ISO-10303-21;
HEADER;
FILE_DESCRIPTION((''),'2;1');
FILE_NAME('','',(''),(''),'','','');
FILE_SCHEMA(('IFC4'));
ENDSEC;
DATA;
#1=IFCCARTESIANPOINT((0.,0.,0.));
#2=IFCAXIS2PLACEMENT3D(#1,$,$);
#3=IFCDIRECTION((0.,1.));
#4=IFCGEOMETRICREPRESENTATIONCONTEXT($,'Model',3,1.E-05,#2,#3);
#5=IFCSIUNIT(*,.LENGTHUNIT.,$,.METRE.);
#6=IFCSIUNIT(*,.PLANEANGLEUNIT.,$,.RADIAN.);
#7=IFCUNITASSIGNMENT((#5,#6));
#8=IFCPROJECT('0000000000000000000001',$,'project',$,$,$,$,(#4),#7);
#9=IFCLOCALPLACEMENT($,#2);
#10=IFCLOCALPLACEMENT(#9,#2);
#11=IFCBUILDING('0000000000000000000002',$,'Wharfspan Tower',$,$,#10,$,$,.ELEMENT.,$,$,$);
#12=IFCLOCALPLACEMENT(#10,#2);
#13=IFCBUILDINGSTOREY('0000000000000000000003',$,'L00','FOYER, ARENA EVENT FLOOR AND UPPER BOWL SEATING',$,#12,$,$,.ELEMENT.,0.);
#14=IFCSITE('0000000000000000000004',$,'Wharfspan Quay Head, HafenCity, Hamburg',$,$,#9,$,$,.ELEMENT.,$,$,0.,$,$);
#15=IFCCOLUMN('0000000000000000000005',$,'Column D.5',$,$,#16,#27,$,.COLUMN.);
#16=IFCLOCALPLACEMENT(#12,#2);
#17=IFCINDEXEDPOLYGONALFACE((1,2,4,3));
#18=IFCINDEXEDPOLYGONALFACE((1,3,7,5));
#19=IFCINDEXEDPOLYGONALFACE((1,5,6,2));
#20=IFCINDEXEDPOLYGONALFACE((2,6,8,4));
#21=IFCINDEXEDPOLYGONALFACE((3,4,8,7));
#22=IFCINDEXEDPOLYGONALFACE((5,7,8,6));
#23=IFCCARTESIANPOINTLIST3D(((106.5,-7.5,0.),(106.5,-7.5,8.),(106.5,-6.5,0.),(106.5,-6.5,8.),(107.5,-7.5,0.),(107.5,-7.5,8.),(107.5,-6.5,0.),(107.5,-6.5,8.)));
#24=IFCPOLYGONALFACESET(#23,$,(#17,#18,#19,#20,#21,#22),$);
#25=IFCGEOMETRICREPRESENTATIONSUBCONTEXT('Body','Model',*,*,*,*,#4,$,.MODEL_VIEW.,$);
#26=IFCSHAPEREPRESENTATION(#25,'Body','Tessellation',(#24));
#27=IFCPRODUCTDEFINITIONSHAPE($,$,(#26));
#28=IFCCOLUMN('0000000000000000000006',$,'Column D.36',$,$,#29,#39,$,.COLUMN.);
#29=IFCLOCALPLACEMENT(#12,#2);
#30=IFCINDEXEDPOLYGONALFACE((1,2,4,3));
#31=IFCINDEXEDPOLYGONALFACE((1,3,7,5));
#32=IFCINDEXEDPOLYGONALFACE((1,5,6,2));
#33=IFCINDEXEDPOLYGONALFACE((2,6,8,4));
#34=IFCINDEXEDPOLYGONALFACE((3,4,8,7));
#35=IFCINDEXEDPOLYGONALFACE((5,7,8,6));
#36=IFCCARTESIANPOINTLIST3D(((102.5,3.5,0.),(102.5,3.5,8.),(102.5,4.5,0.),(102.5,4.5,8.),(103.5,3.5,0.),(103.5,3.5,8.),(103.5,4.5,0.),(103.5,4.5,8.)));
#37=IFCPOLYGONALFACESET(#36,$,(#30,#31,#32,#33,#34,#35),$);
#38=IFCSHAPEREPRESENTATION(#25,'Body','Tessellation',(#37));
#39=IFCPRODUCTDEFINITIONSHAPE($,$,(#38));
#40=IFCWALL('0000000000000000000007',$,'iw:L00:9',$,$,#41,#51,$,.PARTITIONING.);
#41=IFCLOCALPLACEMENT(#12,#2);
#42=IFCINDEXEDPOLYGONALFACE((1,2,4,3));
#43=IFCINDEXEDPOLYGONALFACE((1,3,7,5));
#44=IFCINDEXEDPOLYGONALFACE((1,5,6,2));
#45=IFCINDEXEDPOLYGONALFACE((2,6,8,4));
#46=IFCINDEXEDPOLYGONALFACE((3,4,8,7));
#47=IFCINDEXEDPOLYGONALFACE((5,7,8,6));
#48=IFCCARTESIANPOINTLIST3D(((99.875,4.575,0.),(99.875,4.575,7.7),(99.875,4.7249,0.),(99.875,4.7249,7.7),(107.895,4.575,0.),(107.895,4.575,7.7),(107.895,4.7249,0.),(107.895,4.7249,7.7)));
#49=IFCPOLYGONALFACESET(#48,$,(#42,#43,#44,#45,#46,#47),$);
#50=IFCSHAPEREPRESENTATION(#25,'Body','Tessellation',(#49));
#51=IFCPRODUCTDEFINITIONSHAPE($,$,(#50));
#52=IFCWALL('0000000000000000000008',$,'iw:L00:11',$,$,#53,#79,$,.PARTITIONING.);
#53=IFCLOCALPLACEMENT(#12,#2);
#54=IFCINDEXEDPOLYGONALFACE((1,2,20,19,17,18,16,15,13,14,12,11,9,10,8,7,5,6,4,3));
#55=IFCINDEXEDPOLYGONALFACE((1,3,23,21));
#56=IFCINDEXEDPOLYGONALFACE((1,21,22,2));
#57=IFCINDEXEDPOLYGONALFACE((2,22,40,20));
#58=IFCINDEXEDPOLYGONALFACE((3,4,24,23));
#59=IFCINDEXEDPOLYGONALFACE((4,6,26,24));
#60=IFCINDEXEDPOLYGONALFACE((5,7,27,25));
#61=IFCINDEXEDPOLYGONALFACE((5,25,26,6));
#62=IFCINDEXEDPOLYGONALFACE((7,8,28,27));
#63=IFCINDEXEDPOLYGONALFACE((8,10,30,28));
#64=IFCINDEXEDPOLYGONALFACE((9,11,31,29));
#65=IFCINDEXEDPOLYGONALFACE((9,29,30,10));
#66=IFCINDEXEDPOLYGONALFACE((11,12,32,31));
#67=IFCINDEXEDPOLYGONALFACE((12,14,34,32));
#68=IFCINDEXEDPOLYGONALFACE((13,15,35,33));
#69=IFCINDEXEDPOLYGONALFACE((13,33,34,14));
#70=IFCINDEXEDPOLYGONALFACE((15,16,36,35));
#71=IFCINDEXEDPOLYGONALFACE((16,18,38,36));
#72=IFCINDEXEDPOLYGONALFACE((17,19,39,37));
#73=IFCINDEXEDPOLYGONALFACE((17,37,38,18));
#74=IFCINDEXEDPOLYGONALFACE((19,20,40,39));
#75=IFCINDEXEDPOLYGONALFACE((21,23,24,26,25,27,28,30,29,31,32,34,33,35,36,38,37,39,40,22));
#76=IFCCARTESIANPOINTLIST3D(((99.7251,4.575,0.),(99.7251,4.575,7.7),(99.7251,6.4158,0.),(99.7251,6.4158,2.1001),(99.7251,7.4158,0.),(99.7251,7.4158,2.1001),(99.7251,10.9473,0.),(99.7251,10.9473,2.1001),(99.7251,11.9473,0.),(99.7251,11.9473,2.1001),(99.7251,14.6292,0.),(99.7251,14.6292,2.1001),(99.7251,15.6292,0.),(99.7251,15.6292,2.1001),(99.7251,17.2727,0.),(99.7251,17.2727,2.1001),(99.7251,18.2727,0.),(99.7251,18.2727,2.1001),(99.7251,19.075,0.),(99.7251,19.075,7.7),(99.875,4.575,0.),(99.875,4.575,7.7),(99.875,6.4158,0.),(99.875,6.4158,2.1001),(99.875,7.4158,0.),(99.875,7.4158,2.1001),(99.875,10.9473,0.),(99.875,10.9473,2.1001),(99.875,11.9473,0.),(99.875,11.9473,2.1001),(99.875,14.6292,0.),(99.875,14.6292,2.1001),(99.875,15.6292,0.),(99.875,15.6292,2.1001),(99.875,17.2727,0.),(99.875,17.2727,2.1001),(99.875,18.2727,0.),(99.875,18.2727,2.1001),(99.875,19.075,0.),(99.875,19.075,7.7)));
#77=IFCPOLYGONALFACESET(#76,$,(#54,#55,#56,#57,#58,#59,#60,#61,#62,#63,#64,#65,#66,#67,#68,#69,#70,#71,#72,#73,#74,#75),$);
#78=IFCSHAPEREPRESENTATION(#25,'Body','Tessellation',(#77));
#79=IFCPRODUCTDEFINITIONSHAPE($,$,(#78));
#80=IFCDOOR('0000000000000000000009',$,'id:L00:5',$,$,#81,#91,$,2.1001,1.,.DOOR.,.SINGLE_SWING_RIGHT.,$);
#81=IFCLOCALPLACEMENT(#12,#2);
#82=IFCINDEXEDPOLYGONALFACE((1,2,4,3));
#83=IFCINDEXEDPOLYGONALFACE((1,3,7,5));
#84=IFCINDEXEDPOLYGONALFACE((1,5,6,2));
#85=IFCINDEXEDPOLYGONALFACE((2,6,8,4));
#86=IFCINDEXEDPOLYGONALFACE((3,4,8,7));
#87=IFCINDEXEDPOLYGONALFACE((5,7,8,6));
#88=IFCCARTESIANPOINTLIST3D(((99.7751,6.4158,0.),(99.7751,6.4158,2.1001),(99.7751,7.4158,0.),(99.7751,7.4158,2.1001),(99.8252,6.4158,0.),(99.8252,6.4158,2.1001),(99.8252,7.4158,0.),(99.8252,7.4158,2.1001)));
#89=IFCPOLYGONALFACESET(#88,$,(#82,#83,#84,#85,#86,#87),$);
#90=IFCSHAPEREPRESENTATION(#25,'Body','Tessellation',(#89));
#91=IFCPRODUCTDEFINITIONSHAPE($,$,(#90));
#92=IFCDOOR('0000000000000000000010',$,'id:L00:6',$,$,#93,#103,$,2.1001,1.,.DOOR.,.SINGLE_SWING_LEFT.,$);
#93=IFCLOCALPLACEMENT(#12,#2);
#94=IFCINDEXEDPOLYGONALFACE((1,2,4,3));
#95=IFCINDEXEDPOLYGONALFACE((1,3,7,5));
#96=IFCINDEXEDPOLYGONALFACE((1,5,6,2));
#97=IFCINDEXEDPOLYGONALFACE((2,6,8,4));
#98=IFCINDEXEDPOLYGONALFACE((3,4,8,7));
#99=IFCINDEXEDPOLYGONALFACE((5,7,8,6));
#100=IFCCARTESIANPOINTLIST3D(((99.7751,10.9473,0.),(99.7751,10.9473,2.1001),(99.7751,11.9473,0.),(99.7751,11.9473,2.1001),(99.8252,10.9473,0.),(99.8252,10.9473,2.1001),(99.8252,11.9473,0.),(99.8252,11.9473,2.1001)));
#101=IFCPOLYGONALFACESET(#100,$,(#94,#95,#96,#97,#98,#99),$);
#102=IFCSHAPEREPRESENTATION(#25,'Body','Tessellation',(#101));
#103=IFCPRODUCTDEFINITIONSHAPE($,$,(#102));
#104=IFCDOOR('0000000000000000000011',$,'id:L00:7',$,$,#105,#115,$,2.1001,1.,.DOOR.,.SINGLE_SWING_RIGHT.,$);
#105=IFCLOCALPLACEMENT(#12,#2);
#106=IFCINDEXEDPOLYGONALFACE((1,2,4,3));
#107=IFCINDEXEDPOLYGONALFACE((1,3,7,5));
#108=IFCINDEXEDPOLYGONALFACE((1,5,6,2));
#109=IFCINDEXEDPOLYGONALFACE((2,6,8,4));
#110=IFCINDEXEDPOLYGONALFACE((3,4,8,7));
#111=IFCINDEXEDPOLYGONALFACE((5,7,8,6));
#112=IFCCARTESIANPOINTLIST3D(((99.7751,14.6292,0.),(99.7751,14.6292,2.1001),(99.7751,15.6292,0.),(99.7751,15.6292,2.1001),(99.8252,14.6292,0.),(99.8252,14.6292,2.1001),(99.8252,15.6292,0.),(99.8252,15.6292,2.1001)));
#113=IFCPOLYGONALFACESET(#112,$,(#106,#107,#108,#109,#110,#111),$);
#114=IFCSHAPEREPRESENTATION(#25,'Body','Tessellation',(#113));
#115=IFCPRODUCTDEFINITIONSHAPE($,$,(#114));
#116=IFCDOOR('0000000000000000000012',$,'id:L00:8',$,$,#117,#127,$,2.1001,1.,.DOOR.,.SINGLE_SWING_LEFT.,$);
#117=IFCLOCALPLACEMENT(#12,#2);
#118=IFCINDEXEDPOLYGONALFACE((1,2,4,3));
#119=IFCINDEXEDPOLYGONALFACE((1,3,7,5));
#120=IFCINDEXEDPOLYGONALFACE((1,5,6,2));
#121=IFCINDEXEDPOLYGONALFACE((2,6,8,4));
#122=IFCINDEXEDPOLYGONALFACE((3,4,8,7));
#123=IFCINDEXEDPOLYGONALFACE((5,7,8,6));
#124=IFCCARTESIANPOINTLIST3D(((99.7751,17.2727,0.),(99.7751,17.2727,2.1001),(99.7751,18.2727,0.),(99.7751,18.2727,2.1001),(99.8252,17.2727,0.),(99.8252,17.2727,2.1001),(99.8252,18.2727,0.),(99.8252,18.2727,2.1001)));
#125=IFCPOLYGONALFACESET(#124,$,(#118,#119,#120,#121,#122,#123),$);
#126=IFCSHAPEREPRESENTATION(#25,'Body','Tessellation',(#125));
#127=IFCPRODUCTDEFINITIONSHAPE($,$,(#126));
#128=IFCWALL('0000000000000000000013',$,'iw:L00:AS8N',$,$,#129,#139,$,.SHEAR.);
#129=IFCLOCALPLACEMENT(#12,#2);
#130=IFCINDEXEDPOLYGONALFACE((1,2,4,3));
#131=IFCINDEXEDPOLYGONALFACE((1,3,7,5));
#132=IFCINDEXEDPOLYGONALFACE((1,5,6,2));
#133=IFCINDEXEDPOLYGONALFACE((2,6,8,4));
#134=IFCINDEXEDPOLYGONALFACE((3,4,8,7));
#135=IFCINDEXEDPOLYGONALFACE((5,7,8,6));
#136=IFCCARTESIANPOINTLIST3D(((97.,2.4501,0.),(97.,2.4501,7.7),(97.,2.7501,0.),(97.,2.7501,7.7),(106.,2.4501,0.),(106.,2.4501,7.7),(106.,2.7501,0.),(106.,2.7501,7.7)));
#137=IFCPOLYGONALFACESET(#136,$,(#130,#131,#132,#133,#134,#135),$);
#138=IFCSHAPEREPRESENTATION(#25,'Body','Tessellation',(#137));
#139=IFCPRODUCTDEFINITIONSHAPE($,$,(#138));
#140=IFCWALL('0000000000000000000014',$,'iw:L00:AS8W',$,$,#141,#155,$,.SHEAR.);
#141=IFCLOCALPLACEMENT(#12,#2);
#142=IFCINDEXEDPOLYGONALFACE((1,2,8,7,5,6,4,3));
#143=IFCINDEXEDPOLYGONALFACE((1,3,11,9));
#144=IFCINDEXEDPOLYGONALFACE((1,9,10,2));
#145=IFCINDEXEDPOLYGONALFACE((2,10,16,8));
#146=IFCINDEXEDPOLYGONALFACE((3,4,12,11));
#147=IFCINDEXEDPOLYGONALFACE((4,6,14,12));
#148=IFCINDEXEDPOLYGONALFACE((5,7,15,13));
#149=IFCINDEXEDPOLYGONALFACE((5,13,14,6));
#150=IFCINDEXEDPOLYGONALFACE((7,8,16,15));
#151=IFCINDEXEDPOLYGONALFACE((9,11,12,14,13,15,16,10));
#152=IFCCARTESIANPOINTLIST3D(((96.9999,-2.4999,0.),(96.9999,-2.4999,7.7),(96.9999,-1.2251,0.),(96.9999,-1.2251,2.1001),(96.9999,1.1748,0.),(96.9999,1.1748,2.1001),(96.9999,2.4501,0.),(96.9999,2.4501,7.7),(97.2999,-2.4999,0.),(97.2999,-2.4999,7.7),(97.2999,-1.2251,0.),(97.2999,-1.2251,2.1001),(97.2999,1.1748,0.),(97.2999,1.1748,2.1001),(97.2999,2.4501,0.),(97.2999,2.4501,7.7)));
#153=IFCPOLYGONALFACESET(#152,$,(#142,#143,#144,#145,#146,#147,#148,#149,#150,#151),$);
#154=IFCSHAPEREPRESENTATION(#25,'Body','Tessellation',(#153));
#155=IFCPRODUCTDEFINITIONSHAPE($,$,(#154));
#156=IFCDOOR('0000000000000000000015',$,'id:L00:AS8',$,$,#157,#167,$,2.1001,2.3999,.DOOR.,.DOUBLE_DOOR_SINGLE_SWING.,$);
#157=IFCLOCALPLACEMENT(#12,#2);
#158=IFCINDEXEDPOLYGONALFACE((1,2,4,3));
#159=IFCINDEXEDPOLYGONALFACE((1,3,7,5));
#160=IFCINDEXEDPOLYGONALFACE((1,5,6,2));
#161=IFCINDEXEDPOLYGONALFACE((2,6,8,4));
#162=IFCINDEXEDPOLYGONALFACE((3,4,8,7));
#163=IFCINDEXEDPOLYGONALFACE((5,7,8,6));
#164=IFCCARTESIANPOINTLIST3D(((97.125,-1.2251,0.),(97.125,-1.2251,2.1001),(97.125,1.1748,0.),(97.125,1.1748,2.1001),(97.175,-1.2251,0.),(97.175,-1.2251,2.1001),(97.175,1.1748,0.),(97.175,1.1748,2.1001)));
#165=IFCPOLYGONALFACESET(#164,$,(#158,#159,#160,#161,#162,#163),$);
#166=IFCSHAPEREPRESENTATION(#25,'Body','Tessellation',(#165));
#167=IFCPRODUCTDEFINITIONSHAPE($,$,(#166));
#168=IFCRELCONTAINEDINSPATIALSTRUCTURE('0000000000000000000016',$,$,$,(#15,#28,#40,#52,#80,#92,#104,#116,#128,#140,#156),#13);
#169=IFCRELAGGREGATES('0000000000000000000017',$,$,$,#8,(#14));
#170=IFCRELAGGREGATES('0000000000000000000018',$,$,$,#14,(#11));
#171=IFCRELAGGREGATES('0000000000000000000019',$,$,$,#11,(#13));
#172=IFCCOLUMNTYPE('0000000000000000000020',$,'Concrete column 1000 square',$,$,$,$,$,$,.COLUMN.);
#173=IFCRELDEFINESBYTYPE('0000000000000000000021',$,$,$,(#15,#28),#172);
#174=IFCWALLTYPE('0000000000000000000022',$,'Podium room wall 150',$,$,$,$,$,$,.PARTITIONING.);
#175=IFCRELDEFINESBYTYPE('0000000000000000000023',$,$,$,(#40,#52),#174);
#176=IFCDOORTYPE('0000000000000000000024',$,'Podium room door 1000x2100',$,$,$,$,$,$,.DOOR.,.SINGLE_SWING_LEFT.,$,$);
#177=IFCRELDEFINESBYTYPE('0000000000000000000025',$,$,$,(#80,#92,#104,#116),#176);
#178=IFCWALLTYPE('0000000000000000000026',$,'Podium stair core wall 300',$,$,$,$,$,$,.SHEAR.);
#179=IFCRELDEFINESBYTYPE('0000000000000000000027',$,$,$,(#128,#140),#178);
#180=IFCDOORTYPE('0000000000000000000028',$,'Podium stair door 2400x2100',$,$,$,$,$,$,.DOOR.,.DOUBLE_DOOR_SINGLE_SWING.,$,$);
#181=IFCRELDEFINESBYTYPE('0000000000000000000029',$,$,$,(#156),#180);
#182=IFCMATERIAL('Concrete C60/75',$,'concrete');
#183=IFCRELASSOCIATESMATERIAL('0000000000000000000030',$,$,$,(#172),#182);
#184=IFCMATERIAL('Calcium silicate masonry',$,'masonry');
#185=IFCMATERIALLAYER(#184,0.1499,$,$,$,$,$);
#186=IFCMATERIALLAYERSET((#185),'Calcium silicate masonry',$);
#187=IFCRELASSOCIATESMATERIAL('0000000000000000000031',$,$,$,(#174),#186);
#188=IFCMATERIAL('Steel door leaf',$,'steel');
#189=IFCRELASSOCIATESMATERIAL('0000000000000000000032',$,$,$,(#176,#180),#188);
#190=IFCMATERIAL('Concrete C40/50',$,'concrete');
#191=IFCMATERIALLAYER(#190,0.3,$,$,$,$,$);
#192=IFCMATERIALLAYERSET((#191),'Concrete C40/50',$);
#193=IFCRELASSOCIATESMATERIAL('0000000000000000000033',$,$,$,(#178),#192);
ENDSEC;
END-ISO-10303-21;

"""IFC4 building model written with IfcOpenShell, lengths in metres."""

from ifc_helpers import new_model, si_unit, direction, frame, frame_2d, origin, origin_2d, place, context, subcontext, project, spatial, rectangle, extrude, material, layer, layer_set, material_profile, profile_set, type_object, element, fill, save


model = new_model("IFC4")

# Units and contexts
model_context = context("Model", 3, precision=1e-05, world=origin(), true_north=direction((0.0, 1.0)))
body_context = subcontext(model_context, "Body", "Model", "MODEL_VIEW")
ifc_project = project(units=[si_unit("LENGTHUNIT", "METRE"), si_unit("PLANEANGLEUNIT", "RADIAN")], contexts=[model_context])

# Site, building, storey
site_placement = place(None, origin())
site = spatial("IfcSite", under=ifc_project, at=site_placement, Name="Wharfspan Quay Head, HafenCity, Hamburg", CompositionType="ELEMENT", RefElevation=0.0)
building_placement = place(site_placement, origin())
building = spatial("IfcBuilding", under=site, at=building_placement, Name="Wharfspan Tower", CompositionType="ELEMENT")
storey_placement = place(building_placement, origin())
storey = spatial("IfcBuildingStorey", under=building, at=storey_placement, Name="L00", Description="FOYER, ARENA EVENT FLOOR AND UPPER BOWL SEATING", CompositionType="ELEMENT", Elevation=0.0)

# Columns
ifc_material_1 = material(Name="Concrete C60/75", Category="concrete")
ifc_material_profile = material_profile(ifc_material_1, rectangle(XDim=1.0, YDim=1.0, at=origin_2d()))
ifc_profile_set = profile_set([ifc_material_profile], Name="Concrete C60/75")
column_type = type_object("IfcColumnType", Name="Concrete column 1000 square", PredefinedType="COLUMN", material=ifc_profile_set)
for number, where, z_axis, x_axis, name in (
    (1, (107.0, -7.0, 0.0), (0.0, 0.0, 1.0), (1.0, 0.0, 0.0), "Column D.5"),
    (2, (103.0, 4.0, 0.0), (0.0, 0.0, 1.0), (1.0, 0.0, 0.0), "Column D.36"),
):
    element("IfcColumn", number, at=place(storey_placement, frame(where, z_axis=z_axis, x_axis=x_axis)), inside=storey, type_object=column_type, Name=name, PredefinedType="COLUMN", context=body_context, shape_type="SweptSolid", body=[
        extrude(rectangle(XDim=1.0, YDim=1.0, at=origin_2d()), origin(), (0.0, 0.0, 1.0), 8.0),
    ])

# Wall
ifc_material_2 = material(Name="Calcium silicate masonry", Category="masonry")
ifc_layer_1 = layer(ifc_material_2, 0.1499)
ifc_layer_set_1 = layer_set([ifc_layer_1], Name="Calcium silicate masonry")
wall_type_1 = type_object("IfcWallType", Name="Podium room wall 150", PredefinedType="PARTITIONING", material=ifc_layer_set_1)
wall_1_placement = place(storey_placement, frame((99.875, 4.6499, 0.0), z_axis=(0.0, 0.0, 1.0), x_axis=(1.0, 0.0, 0.0)))
element("IfcWall", 3, at=wall_1_placement, inside=storey, type_object=wall_type_1, Name="iw:L00:9", PredefinedType="PARTITIONING", context=body_context, shape_type="SweptSolid", body=[
    extrude(rectangle(XDim=8.02, YDim=0.1499, at=frame_2d((4.01, 0.0))), origin(), (0.0, 0.0, 1.0), 7.7),
])

# Wall, openings, doors
wall_2_placement = place(storey_placement, frame((99.8, 4.575, 0.0), z_axis=(0.0, 0.0, 1.0), x_axis=(0.0, 1.0, 0.0)))
wall_2 = element("IfcWall", 4, at=wall_2_placement, inside=storey, type_object=wall_type_1, Name="iw:L00:11", PredefinedType="PARTITIONING", context=body_context, shape_type="SweptSolid", body=[
    extrude(rectangle(XDim=14.5, YDim=0.1499, at=frame_2d((7.25, 0.0))), origin(), (0.0, 0.0, 1.0), 7.7),
])
opening_1_placement = place(wall_2_placement, frame((1.8408, 0.0, 0.0)))
opening_1 = element("IfcOpeningElement", 5, at=opening_1_placement, cuts=wall_2, PredefinedType="OPENING", context=body_context, shape_type="SweptSolid", body=[
    extrude(rectangle(XDim=1.0, YDim=2.1001, at=frame_2d((0.5, 1.05))), frame((0.0, 0.085, 0.0), z_axis=(0.0, -1.0, 0.0), x_axis=(1.0, 0.0, 0.0)), (0.0, 0.0, 1.0), 0.1699),
])
opening_2_placement = place(wall_2_placement, frame((6.3723, 0.0, 0.0)))
opening_2 = element("IfcOpeningElement", 6, at=opening_2_placement, cuts=wall_2, PredefinedType="OPENING", context=body_context, shape_type="SweptSolid", body=[
    extrude(rectangle(XDim=1.0, YDim=2.1001, at=frame_2d((0.5, 1.05))), frame((0.0, 0.085, 0.0), z_axis=(0.0, -1.0, 0.0), x_axis=(1.0, 0.0, 0.0)), (0.0, 0.0, 1.0), 0.1699),
])
opening_3_placement = place(wall_2_placement, frame((10.0542, 0.0, 0.0)))
opening_3 = element("IfcOpeningElement", 7, at=opening_3_placement, cuts=wall_2, PredefinedType="OPENING", context=body_context, shape_type="SweptSolid", body=[
    extrude(rectangle(XDim=1.0, YDim=2.1001, at=frame_2d((0.5, 1.05))), frame((0.0, 0.085, 0.0), z_axis=(0.0, -1.0, 0.0), x_axis=(1.0, 0.0, 0.0)), (0.0, 0.0, 1.0), 0.1699),
])
opening_4_placement = place(wall_2_placement, frame((12.6978, 0.0, 0.0)))
opening_4 = element("IfcOpeningElement", 8, at=opening_4_placement, cuts=wall_2, PredefinedType="OPENING", context=body_context, shape_type="SweptSolid", body=[
    extrude(rectangle(XDim=1.0, YDim=2.1001, at=frame_2d((0.5, 1.05))), frame((0.0, 0.085, 0.0), z_axis=(0.0, -1.0, 0.0), x_axis=(1.0, 0.0, 0.0)), (0.0, 0.0, 1.0), 0.1699),
])
ifc_material_3 = material(Name="Steel door leaf", Category="steel")
door_type_1 = type_object("IfcDoorType", Name="Podium room door 1000x2100", OperationType="SINGLE_SWING_LEFT", PredefinedType="DOOR", material=ifc_material_3)
door_1_placement = place(opening_1_placement, origin())
door_1 = element("IfcDoor", 9, at=door_1_placement, inside=storey, type_object=door_type_1, Name="id:L00:5", OperationType="SINGLE_SWING_RIGHT", OverallHeight=2.1001, OverallWidth=1.0, PredefinedType="DOOR", context=body_context, shape_type="SweptSolid", body=[
    extrude(rectangle(XDim=1.0, YDim=2.1001, at=frame_2d((0.5, 1.05))), frame((0.0, 0.0249, 0.0), z_axis=(0.0, -1.0, 0.0), x_axis=(1.0, 0.0, 0.0)), (0.0, 0.0, 1.0), 0.05),
])
fill(opening_1, door_1)
door_2_placement = place(opening_2_placement, origin())
door_2 = element("IfcDoor", 10, at=door_2_placement, inside=storey, type_object=door_type_1, Name="id:L00:6", OperationType="SINGLE_SWING_LEFT", OverallHeight=2.1001, OverallWidth=1.0, PredefinedType="DOOR", context=body_context, shape_type="SweptSolid", body=[
    extrude(rectangle(XDim=1.0, YDim=2.1001, at=frame_2d((0.5, 1.05))), frame((0.0, 0.0249, 0.0), z_axis=(0.0, -1.0, 0.0), x_axis=(1.0, 0.0, 0.0)), (0.0, 0.0, 1.0), 0.05),
])
fill(opening_2, door_2)
door_3_placement = place(opening_3_placement, origin())
door_3 = element("IfcDoor", 11, at=door_3_placement, inside=storey, type_object=door_type_1, Name="id:L00:7", OperationType="SINGLE_SWING_RIGHT", OverallHeight=2.1001, OverallWidth=1.0, PredefinedType="DOOR", context=body_context, shape_type="SweptSolid", body=[
    extrude(rectangle(XDim=1.0, YDim=2.1001, at=frame_2d((0.5, 1.05))), frame((0.0, 0.0249, 0.0), z_axis=(0.0, -1.0, 0.0), x_axis=(1.0, 0.0, 0.0)), (0.0, 0.0, 1.0), 0.05),
])
fill(opening_3, door_3)
door_4_placement = place(opening_4_placement, origin())
door_4 = element("IfcDoor", 12, at=door_4_placement, inside=storey, type_object=door_type_1, Name="id:L00:8", OperationType="SINGLE_SWING_LEFT", OverallHeight=2.1001, OverallWidth=1.0, PredefinedType="DOOR", context=body_context, shape_type="SweptSolid", body=[
    extrude(rectangle(XDim=1.0, YDim=2.1001, at=frame_2d((0.5, 1.05))), frame((0.0, 0.0249, 0.0), z_axis=(0.0, -1.0, 0.0), x_axis=(1.0, 0.0, 0.0)), (0.0, 0.0, 1.0), 0.05),
])
fill(opening_4, door_4)

# Wall
ifc_material_4 = material(Name="Concrete C40/50", Category="concrete")
ifc_layer_2 = layer(ifc_material_4, 0.3)
ifc_layer_set_2 = layer_set([ifc_layer_2], Name="Concrete C40/50")
wall_type_2 = type_object("IfcWallType", Name="Podium stair core wall 300", PredefinedType="SHEAR", material=ifc_layer_set_2)
wall_3_placement = place(storey_placement, frame((97.0, 2.6001, 0.0), z_axis=(0.0, 0.0, 1.0), x_axis=(1.0, 0.0, 0.0)))
element("IfcWall", 13, at=wall_3_placement, inside=storey, type_object=wall_type_2, Name="iw:L00:AS8N", PredefinedType="SHEAR", context=body_context, shape_type="SweptSolid", body=[
    extrude(rectangle(XDim=9.0, YDim=0.3, at=frame_2d((4.5, 0.0))), origin(), (0.0, 0.0, 1.0), 7.7),
])

# Wall, opening, door
wall_4_placement = place(storey_placement, frame((97.1499, -2.5, 0.0), z_axis=(0.0, 0.0, 1.0), x_axis=(0.0, 1.0, 0.0)))
wall_4 = element("IfcWall", 14, at=wall_4_placement, inside=storey, type_object=wall_type_2, Name="iw:L00:AS8W", PredefinedType="SHEAR", context=body_context, shape_type="SweptSolid", body=[
    extrude(rectangle(XDim=4.95, YDim=0.3, at=frame_2d((2.4751, 0.0))), origin(), (0.0, 0.0, 1.0), 7.7),
])
opening_5_placement = place(wall_4_placement, frame((1.2749, 0.0, 0.0)))
opening_5 = element("IfcOpeningElement", 15, at=opening_5_placement, cuts=wall_4, PredefinedType="OPENING", context=body_context, shape_type="SweptSolid", body=[
    extrude(rectangle(XDim=2.3999, YDim=2.1001, at=frame_2d((1.2, 1.05))), frame((0.0, 0.1599, 0.0), z_axis=(0.0, -1.0, 0.0), x_axis=(1.0, 0.0, 0.0)), (0.0, 0.0, 1.0), 0.3201),
])
door_type_2 = type_object("IfcDoorType", Name="Podium stair door 2400x2100", OperationType="DOUBLE_DOOR_SINGLE_SWING", PredefinedType="DOOR", material=ifc_material_3)
door_5_placement = place(opening_5_placement, origin())
door_5 = element("IfcDoor", 16, at=door_5_placement, inside=storey, type_object=door_type_2, Name="id:L00:AS8", OperationType="DOUBLE_DOOR_SINGLE_SWING", OverallHeight=2.1001, OverallWidth=2.3999, PredefinedType="DOOR", context=body_context, shape_type="SweptSolid", body=[
    extrude(rectangle(XDim=2.3999, YDim=2.1001, at=frame_2d((1.2, 1.05))), frame((0.0, 0.0249, 0.0), z_axis=(0.0, -1.0, 0.0), x_axis=(1.0, 0.0, 0.0)), (0.0, 0.0, 1.0), 0.05),
])
fill(opening_5, door_5)

save(model, "model.ifc")
